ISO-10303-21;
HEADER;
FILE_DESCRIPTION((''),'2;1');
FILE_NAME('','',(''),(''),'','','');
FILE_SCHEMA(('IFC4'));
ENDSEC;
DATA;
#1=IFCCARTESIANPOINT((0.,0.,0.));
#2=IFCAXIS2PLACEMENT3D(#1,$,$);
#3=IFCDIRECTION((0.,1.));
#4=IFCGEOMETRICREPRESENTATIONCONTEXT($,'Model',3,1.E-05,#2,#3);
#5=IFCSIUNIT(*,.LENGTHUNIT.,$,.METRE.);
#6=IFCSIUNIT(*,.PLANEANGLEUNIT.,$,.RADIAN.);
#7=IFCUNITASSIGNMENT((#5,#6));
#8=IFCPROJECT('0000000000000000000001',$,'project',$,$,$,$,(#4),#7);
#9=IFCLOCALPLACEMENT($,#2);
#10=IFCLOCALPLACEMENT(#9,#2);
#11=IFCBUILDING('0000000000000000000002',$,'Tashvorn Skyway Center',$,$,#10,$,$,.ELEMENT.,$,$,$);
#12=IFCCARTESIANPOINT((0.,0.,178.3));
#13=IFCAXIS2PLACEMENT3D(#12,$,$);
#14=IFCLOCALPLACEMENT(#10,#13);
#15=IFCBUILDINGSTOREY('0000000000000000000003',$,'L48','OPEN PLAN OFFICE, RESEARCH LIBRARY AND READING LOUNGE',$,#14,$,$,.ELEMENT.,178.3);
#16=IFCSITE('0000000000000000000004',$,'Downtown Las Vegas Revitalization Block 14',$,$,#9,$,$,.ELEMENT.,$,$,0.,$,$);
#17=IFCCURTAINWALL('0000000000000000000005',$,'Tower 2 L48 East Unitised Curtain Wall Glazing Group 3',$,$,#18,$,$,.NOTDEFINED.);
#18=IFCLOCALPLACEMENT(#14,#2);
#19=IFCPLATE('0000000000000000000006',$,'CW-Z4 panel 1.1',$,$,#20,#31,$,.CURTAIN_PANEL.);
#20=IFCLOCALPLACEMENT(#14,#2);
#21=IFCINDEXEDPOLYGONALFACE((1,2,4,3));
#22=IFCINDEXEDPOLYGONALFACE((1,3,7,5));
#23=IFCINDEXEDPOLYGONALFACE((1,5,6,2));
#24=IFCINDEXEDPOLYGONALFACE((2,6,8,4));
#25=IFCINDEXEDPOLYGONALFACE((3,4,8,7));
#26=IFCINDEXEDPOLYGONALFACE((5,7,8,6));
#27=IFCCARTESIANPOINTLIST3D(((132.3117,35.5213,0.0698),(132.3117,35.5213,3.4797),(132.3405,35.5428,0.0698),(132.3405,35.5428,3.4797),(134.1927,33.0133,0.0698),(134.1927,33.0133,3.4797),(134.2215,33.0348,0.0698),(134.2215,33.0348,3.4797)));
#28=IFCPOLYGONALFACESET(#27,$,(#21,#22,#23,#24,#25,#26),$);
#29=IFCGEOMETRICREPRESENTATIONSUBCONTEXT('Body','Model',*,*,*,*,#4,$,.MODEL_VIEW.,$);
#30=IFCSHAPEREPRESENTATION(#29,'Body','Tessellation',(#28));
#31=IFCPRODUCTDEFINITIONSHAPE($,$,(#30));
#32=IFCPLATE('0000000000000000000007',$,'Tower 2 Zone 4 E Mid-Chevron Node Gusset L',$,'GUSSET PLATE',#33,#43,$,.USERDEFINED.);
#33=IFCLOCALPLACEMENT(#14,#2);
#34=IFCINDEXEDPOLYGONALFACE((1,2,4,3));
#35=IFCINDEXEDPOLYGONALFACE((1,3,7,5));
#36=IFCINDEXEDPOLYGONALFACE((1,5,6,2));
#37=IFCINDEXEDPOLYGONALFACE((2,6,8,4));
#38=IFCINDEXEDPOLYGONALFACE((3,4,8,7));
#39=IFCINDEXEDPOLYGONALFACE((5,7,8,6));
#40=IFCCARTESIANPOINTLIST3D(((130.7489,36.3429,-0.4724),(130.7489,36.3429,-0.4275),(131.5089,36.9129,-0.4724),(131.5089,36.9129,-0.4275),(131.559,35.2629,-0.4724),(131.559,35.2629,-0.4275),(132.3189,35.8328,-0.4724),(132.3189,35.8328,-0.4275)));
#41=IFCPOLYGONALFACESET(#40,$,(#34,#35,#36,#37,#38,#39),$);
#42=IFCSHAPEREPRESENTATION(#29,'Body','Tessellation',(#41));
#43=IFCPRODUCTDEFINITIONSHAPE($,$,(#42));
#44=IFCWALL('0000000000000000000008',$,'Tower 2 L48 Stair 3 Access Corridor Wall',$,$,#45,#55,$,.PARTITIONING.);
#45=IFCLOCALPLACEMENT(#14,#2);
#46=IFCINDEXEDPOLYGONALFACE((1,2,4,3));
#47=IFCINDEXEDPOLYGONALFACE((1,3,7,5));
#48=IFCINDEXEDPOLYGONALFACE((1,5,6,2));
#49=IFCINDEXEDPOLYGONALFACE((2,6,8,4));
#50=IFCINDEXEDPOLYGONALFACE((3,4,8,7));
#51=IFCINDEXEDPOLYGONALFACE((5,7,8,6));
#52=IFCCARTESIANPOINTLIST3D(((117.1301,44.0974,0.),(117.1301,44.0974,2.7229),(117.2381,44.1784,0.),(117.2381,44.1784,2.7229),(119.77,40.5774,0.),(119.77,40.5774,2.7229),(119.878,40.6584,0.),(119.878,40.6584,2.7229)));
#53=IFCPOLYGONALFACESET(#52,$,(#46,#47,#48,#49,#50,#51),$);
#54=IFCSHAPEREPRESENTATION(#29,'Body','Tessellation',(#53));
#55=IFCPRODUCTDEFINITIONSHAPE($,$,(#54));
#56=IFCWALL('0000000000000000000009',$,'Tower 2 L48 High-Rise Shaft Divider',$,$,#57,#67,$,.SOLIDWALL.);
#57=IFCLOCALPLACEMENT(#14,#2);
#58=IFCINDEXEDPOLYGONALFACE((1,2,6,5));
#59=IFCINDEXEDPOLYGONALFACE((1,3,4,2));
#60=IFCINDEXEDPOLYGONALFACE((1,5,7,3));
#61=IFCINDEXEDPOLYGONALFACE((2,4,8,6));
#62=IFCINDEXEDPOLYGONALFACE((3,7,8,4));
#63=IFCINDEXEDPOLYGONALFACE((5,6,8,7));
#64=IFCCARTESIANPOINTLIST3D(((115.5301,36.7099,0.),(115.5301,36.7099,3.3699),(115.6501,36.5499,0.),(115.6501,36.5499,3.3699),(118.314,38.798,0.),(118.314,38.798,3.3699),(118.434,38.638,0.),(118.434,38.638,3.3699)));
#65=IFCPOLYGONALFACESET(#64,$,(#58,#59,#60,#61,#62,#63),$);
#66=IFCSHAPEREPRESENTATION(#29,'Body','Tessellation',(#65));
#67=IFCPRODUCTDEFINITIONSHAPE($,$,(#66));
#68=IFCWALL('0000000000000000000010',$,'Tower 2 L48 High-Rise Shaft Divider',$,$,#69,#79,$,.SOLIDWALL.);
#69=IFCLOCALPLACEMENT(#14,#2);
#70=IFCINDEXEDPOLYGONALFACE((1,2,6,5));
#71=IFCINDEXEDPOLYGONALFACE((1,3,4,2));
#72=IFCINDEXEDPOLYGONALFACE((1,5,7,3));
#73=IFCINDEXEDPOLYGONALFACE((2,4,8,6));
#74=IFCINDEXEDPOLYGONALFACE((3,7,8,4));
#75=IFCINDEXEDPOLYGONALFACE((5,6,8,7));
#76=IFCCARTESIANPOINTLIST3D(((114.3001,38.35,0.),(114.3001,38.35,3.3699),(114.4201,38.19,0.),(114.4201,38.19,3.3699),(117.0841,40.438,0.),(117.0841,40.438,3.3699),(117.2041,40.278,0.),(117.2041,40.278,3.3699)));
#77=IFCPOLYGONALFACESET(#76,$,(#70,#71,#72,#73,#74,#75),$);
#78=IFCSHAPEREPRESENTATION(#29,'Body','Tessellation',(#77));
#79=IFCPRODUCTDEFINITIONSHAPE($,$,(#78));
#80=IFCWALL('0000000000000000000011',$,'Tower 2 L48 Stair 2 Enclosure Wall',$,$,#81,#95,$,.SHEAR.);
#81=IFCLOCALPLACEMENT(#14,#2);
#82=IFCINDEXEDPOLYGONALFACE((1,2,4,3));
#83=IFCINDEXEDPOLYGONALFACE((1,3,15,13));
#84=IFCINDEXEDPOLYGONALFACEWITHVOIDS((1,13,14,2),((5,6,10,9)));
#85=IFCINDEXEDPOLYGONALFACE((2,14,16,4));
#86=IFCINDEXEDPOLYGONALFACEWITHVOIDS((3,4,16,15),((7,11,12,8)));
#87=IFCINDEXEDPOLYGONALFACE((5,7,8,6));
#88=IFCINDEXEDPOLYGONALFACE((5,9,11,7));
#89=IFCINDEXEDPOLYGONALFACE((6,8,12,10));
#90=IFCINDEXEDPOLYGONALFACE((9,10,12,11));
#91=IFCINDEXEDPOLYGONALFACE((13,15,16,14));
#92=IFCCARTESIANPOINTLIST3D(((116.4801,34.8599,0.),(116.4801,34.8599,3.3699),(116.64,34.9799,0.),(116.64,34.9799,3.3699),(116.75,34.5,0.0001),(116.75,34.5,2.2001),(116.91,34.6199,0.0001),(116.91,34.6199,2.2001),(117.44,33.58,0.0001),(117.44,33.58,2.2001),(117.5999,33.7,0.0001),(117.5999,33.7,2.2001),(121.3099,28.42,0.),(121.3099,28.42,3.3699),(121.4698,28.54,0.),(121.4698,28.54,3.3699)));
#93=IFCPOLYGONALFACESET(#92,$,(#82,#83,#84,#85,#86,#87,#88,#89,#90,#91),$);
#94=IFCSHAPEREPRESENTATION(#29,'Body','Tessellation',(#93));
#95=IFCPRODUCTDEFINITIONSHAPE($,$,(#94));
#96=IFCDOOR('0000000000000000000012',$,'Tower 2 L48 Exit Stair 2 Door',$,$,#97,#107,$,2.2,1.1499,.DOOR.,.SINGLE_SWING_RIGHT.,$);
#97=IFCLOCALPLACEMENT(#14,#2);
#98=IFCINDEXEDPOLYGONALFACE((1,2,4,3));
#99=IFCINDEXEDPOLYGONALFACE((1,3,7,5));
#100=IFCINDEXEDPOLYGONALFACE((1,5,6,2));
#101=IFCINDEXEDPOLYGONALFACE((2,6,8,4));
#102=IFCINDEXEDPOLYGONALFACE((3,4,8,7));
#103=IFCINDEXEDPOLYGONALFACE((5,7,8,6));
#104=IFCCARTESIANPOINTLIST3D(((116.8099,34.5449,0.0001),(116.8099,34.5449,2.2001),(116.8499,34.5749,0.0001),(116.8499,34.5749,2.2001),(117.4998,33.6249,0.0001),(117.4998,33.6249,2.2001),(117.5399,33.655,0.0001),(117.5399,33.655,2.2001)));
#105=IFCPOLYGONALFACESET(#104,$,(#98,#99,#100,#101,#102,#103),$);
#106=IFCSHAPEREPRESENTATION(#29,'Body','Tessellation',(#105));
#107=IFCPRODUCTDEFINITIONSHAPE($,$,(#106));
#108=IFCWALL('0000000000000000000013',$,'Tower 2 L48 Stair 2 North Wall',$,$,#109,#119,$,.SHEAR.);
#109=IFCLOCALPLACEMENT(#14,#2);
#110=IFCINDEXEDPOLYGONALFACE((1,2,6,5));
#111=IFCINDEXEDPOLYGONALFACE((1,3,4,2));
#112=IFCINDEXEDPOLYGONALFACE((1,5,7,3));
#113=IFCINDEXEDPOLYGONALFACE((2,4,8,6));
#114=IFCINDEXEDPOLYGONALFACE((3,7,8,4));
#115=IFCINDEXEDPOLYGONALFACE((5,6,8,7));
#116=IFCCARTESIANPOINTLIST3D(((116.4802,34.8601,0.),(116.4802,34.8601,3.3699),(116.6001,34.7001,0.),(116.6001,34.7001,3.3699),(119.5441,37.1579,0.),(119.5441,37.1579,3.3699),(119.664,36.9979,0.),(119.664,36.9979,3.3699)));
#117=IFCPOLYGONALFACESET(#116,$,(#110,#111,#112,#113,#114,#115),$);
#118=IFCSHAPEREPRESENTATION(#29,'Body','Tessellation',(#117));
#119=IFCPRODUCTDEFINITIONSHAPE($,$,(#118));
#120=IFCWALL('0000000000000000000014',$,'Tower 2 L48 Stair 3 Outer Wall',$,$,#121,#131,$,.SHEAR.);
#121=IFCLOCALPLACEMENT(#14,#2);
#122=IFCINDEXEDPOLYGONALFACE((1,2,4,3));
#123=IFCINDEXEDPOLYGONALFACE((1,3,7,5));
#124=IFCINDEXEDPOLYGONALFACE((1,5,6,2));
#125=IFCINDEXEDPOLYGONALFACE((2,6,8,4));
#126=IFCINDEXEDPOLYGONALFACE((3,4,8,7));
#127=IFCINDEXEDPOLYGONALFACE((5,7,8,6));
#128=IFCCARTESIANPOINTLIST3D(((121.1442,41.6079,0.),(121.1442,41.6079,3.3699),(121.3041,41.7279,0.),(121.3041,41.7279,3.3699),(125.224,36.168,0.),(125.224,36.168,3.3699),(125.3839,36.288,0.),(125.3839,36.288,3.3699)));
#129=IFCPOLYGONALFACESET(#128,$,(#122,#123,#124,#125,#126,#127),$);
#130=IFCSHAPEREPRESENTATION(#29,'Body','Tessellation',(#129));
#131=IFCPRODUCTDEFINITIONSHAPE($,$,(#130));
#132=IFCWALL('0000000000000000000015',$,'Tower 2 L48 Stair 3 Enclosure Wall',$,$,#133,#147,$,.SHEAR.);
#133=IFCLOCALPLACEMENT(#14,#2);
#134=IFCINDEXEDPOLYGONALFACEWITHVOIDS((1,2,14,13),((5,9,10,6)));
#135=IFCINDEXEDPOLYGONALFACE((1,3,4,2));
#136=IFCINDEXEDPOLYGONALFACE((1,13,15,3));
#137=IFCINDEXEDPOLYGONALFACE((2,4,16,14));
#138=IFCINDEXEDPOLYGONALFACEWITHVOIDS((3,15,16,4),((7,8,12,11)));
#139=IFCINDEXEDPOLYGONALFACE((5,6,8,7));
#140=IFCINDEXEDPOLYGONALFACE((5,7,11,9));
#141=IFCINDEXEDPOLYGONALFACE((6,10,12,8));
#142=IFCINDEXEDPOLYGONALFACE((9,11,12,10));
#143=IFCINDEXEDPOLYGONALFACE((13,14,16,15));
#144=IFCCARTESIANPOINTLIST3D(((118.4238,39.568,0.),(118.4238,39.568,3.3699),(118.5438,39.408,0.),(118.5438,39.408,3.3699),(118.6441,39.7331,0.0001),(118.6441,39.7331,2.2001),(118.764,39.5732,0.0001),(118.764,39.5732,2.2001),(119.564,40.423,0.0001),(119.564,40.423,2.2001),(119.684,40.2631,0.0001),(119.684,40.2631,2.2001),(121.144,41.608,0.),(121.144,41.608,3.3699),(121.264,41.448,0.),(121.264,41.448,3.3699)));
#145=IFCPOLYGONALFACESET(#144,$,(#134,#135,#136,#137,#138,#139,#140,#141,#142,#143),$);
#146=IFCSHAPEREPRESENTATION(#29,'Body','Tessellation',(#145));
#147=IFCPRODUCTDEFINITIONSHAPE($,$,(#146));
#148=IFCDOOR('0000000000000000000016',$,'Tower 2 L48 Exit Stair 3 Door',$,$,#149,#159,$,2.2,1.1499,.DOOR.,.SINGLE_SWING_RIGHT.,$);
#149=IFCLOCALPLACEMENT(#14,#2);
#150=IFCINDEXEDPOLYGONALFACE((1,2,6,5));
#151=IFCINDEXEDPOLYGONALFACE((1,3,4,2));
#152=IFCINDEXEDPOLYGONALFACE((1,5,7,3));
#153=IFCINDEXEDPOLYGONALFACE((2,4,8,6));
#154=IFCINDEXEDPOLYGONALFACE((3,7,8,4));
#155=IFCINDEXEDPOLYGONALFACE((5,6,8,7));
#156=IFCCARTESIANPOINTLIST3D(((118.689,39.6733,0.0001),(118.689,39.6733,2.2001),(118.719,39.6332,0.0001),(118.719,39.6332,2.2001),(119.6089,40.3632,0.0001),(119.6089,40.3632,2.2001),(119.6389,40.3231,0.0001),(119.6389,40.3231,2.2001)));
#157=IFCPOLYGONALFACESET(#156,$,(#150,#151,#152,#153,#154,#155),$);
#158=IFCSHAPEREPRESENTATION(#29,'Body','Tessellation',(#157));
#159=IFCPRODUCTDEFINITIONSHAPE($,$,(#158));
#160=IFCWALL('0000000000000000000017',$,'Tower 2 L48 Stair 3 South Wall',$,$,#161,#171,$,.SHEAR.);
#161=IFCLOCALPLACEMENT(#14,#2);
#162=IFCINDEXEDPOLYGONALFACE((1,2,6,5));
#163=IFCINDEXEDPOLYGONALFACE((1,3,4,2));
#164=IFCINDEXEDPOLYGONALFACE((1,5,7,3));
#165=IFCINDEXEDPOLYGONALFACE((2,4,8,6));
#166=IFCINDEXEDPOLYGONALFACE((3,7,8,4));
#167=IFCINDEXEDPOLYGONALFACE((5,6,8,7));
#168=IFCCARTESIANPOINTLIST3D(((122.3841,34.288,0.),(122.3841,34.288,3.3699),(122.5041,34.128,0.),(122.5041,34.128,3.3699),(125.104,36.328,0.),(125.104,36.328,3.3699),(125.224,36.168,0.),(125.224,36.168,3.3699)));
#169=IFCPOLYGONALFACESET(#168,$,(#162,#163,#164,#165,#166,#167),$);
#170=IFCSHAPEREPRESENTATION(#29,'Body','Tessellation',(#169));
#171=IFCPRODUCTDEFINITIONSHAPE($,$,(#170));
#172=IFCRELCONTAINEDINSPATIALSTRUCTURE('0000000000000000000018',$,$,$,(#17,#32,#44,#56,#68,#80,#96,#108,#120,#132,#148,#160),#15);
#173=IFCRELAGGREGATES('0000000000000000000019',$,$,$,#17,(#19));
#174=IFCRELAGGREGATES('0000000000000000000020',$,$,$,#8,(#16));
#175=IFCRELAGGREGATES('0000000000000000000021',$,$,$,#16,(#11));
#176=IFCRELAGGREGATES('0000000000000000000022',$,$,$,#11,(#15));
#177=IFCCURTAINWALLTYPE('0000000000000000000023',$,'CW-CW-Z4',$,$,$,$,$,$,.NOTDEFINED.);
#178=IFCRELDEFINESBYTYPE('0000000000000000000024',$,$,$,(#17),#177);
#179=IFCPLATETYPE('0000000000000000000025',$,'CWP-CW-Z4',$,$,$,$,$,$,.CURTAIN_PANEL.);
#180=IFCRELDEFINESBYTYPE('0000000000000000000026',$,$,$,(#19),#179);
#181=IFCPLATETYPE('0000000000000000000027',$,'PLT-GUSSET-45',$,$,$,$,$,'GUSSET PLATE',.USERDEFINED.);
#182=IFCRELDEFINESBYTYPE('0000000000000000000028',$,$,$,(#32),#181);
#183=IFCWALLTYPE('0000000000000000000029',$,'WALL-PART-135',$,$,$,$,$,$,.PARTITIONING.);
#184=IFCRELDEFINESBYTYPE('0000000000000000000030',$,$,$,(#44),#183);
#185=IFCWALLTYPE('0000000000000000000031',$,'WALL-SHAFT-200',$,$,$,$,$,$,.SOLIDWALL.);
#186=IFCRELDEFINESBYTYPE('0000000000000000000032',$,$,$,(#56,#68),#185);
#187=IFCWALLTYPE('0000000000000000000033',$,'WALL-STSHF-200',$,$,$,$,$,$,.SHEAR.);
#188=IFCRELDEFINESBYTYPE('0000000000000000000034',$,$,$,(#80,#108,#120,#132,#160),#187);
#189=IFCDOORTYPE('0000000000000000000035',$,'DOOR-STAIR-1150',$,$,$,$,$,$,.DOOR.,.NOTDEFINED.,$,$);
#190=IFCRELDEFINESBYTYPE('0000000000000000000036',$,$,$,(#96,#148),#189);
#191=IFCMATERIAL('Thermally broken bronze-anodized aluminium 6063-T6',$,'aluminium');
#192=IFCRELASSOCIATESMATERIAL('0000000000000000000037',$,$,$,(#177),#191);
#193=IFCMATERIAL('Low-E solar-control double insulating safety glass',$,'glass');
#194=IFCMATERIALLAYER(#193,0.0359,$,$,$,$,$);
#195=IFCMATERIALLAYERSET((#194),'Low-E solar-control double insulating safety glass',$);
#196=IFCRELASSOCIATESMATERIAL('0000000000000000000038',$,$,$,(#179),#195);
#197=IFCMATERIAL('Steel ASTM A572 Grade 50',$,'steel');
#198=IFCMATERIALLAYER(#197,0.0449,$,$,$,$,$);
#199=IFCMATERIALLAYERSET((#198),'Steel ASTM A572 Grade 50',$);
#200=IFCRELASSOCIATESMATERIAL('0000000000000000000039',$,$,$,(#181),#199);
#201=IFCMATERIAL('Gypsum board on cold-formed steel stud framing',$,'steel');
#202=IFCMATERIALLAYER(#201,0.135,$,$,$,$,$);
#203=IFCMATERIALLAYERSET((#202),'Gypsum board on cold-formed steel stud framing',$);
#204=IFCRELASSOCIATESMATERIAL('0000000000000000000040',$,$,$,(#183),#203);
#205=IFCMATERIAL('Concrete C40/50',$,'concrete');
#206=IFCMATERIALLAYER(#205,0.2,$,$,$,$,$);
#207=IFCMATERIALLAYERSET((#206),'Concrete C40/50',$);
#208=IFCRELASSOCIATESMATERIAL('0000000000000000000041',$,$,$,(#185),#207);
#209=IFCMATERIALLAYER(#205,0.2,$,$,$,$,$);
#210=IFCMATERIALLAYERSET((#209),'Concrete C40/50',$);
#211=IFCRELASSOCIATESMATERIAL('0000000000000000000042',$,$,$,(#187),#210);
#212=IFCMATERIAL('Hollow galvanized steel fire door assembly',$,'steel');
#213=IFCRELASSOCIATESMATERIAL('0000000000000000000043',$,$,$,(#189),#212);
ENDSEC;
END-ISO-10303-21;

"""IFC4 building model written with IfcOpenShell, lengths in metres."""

from ifc_helpers import new_model, si_unit, direction, frame, frame_2d, origin, origin_2d, place, context, subcontext, project, spatial, rectangle, extrude, material, layer, layer_set, type_object, element, fill, aggregate, save


model = new_model("IFC4")

# Units and contexts
model_context = context("Model", 3, precision=1e-05, world=origin(), true_north=direction((0.0, 1.0)))
body_context = subcontext(model_context, "Body", "Model", "MODEL_VIEW")
ifc_project = project(units=[si_unit("LENGTHUNIT", "METRE"), si_unit("PLANEANGLEUNIT", "RADIAN")], contexts=[model_context])

# Site, building, storey
site_placement = place(None, origin())
site = spatial("IfcSite", under=ifc_project, at=site_placement, Name="Downtown Las Vegas Revitalization Block 14", CompositionType="ELEMENT", RefElevation=0.0)
building_placement = place(site_placement, origin())
building = spatial("IfcBuilding", under=site, at=building_placement, Name="Tashvorn Skyway Center", CompositionType="ELEMENT")
storey_placement = place(building_placement, frame((0.0, 0.0, 178.3)))
storey = spatial("IfcBuildingStorey", under=building, at=storey_placement, Name="L48", Description="OPEN PLAN OFFICE, RESEARCH LIBRARY AND READING LOUNGE", CompositionType="ELEMENT", Elevation=178.3)

# Shared definitions
ifc_material_1 = material(Name="Steel ASTM A572 Grade 50", Category="steel")

# Shared definitions
ifc_material_2 = material(Name="Thermally broken bronze-anodized aluminium 6063-T6", Category="aluminium")
curtain_wall_type = type_object("IfcCurtainWallType", Name="CW-CW-Z4", PredefinedType="NOTDEFINED", material=ifc_material_2)

# Curtain wall
curtain_wall_1_placement = place(storey_placement, origin())
curtain_wall_1 = element("IfcCurtainWall", 1, at=curtain_wall_1_placement, inside=storey, type_object=curtain_wall_type, Name="Tower 2 L48 East Unitised Curtain Wall Glazing Group 3", PredefinedType="NOTDEFINED")

# Plates
ifc_material_3 = material(Name="Low-E solar-control double insulating safety glass", Category="glass")
ifc_layer_1 = layer(ifc_material_3, 0.0359)
ifc_layer_set_1 = layer_set([ifc_layer_1], Name="Low-E solar-control double insulating safety glass")
plate_type_1 = type_object("IfcPlateType", Name="CWP-CW-Z4", PredefinedType="CURTAIN_PANEL", material=ifc_layer_set_1)
plate_1_placement = place(storey_placement, frame((133.2666, 34.2781, 0.0698), z_axis=(0.0, 0.0, 1.0), x_axis=(0.6, -0.8, 0.0)))
plate_1 = element("IfcPlate", 2, at=plate_1_placement, type_object=plate_type_1, Name="CW-Z4 panel 1.1", PredefinedType="CURTAIN_PANEL", context=body_context, shape_type="SweptSolid", body=[
    extrude(rectangle(XDim=3.135, YDim=0.0359, at=origin_2d()), origin(), (0.0, 0.0, 1.0), 3.4099),
])
aggregate(curtain_wall_1, [plate_1])
ifc_layer_2 = layer(ifc_material_1, 0.0449)
ifc_layer_set_2 = layer_set([ifc_layer_2], Name="Steel ASTM A572 Grade 50")
plate_type_2 = type_object("IfcPlateType", Name="PLT-GUSSET-45", ElementType="GUSSET PLATE", PredefinedType="USERDEFINED", material=ifc_layer_set_2)
plate_2_placement = place(storey_placement, frame((131.5339, 36.0879, -0.4724), z_axis=(0.0, 0.0, 1.0), x_axis=(-0.6, 0.8, 0.0)))
element("IfcPlate", 3, at=plate_2_placement, inside=storey, type_object=plate_type_2, Name="Tower 2 Zone 4 E Mid-Chevron Node Gusset L", ObjectType="GUSSET PLATE", PredefinedType="USERDEFINED", context=body_context, shape_type="SweptSolid", body=[
    extrude(rectangle(XDim=1.3501, YDim=0.95, at=origin_2d()), origin(), (0.0, 0.0, 1.0), 0.0449),
])

# Walls
ifc_material_4 = material(Name="Gypsum board on cold-formed steel stud framing", Category="steel")
ifc_layer_3 = layer(ifc_material_4, 0.135)
ifc_layer_set_3 = layer_set([ifc_layer_3], Name="Gypsum board on cold-formed steel stud framing")
wall_type_1 = type_object("IfcWallType", Name="WALL-PART-135", PredefinedType="PARTITIONING", material=ifc_layer_set_3)
wall_1_placement = place(storey_placement, frame((119.824, 40.6179, 0.0), z_axis=(0.0, 0.0, 1.0), x_axis=(-0.599982, 0.800013, 0.0)))
element("IfcWall", 4, at=wall_1_placement, inside=storey, type_object=wall_type_1, Name="Tower 2 L48 Stair 3 Access Corridor Wall", PredefinedType="PARTITIONING", context=body_context, shape_type="SweptSolid", body=[
    extrude(rectangle(XDim=4.3999, YDim=0.135, at=frame_2d((2.2, 0.0))), origin(), (0.0, 0.0, 1.0), 2.7229),
])
ifc_material_5 = material(Name="Concrete C40/50", Category="concrete")
ifc_layer_4 = layer(ifc_material_5, 0.2)
ifc_layer_set_4 = layer_set([ifc_layer_4], Name="Concrete C40/50")
wall_type_2 = type_object("IfcWallType", Name="WALL-SHAFT-200", PredefinedType="SOLIDWALL", material=ifc_layer_set_4)
for number, where, z_axis, x_axis, name in (
    (5, (115.5901, 36.6299, 0.0), (0.0, 0.0, 1.0), (0.799975, 0.600034, 0.0), "Tower 2 L48 High-Rise Shaft Divider"),
    (6, (114.3601, 38.27, 0.0), (0.0, 0.0, 1.0), (0.800008, 0.599989, 0.0), "Tower 2 L48 High-Rise Shaft Divider"),
):
    element("IfcWall", number, at=place(storey_placement, frame(where, z_axis=z_axis, x_axis=x_axis)), inside=storey, type_object=wall_type_2, Name=name, PredefinedType="SOLIDWALL", context=body_context, shape_type="SweptSolid", body=[
        extrude(rectangle(XDim=3.48, YDim=0.2, at=frame_2d((1.74, 0.0))), origin(), (0.0, 0.0, 1.0), 3.3699),
    ])

# Wall, opening, door
ifc_layer_5 = layer(ifc_material_5, 0.2)
ifc_layer_set_5 = layer_set([ifc_layer_5], Name="Concrete C40/50")
wall_type_3 = type_object("IfcWallType", Name="WALL-STSHF-200", PredefinedType="SHEAR", material=ifc_layer_set_5)
wall_2_placement = place(storey_placement, frame((116.5601, 34.9199, 0.0), z_axis=(0.0, 0.0, 1.0), x_axis=(0.59999, -0.800007, 0.0)))
wall_2 = element("IfcWall", 7, at=wall_2_placement, inside=storey, type_object=wall_type_3, Name="Tower 2 L48 Stair 2 Enclosure Wall", PredefinedType="SHEAR", context=body_context, shape_type="SweptSolid", body=[
    extrude(rectangle(XDim=8.0498, YDim=0.2, at=frame_2d((4.0249, 0.0))), origin(), (0.0, 0.0, 1.0), 3.3699),
])
opening_1_placement = place(wall_2_placement, frame((0.45, 0.0, 0.0)))
opening_1 = element("IfcOpeningElement", 8, at=opening_1_placement, cuts=wall_2, PredefinedType="OPENING", context=body_context, shape_type="SweptSolid", body=[
    extrude(rectangle(XDim=1.1499, YDim=2.2, at=frame_2d((0.575, 1.1001))), frame((0.0, 0.1099, 0.0), z_axis=(0.0, -1.0, 0.0), x_axis=(1.0, 0.0, 0.0)), (0.0, 0.0, 1.0), 0.22),
])
ifc_material_6 = material(Name="Hollow galvanized steel fire door assembly", Category="steel")
door_type = type_object("IfcDoorType", Name="DOOR-STAIR-1150", OperationType="NOTDEFINED", PredefinedType="DOOR", material=ifc_material_6)
door_1_placement = place(opening_1_placement, origin())
door_1 = element("IfcDoor", 9, at=door_1_placement, inside=storey, type_object=door_type, Name="Tower 2 L48 Exit Stair 2 Door", OperationType="SINGLE_SWING_RIGHT", OverallHeight=2.2, OverallWidth=1.1499, PredefinedType="DOOR", context=body_context, shape_type="SweptSolid", body=[
    extrude(rectangle(XDim=1.1499, YDim=2.2, at=frame_2d((0.575, 1.1001))), frame((0.0, 0.0249, 0.0), z_axis=(0.0, -1.0, 0.0), x_axis=(1.0, 0.0, 0.0)), (0.0, 0.0, 1.0), 0.05),
])
fill(opening_1, door_1)

# Walls
wall_3_placement = place(storey_placement, frame((116.54, 34.78, 0.0), z_axis=(0.0, 0.0, 1.0), x_axis=(0.800015, 0.59998, 0.0)))
element("IfcWall", 10, at=wall_3_placement, inside=storey, type_object=wall_type_3, Name="Tower 2 L48 Stair 2 North Wall", PredefinedType="SHEAR", context=body_context, shape_type="SweptSolid", body=[
    extrude(rectangle(XDim=3.8298, YDim=0.2, at=frame_2d((1.915, 0.0))), origin(), (0.0, 0.0, 1.0), 3.3699),
])
wall_4_placement = place(storey_placement, frame((125.304, 36.228, 0.0), z_axis=(0.0, 0.0, 1.0), x_axis=(-0.599989, 0.800009, 0.0)))
element("IfcWall", 11, at=wall_4_placement, inside=storey, type_object=wall_type_3, Name="Tower 2 L48 Stair 3 Outer Wall", PredefinedType="SHEAR", context=body_context, shape_type="SweptSolid", body=[
    extrude(rectangle(XDim=6.7998, YDim=0.2, at=frame_2d((3.3999, 0.0))), origin(), (0.0, 0.0, 1.0), 3.3699),
])

# Wall, opening, door
wall_5_placement = place(storey_placement, frame((121.2041, 41.5281, 0.0), z_axis=(0.0, 0.0, 1.0), x_axis=(-0.800017, -0.599977, 0.0)))
wall_5 = element("IfcWall", 12, at=wall_5_placement, inside=storey, type_object=wall_type_3, Name="Tower 2 L48 Stair 3 Enclosure Wall", PredefinedType="SHEAR", context=body_context, shape_type="SweptSolid", body=[
    extrude(rectangle(XDim=3.4001, YDim=0.2, at=frame_2d((1.7002, 0.0))), origin(), (0.0, 0.0, 1.0), 3.3699),
])
opening_2_placement = place(wall_5_placement, frame((1.9751, 0.0, 0.0)))
opening_2 = element("IfcOpeningElement", 13, at=opening_2_placement, cuts=wall_5, PredefinedType="OPENING", context=body_context, shape_type="SweptSolid", body=[
    extrude(rectangle(XDim=1.1499, YDim=2.2, at=frame_2d((0.575, 1.1001))), frame((0.0, 0.1099, 0.0), z_axis=(0.0, -1.0, 0.0), x_axis=(1.0, 0.0, 0.0)), (0.0, 0.0, 1.0), 0.22),
])
door_2_placement = place(opening_2_placement, origin())
door_2 = element("IfcDoor", 14, at=door_2_placement, inside=storey, type_object=door_type, Name="Tower 2 L48 Exit Stair 3 Door", OperationType="SINGLE_SWING_RIGHT", OverallHeight=2.2, OverallWidth=1.1499, PredefinedType="DOOR", context=body_context, shape_type="SweptSolid", body=[
    extrude(rectangle(XDim=1.1499, YDim=2.2, at=frame_2d((0.575, 1.1001))), frame((0.0, 0.0249, 0.0), z_axis=(0.0, -1.0, 0.0), x_axis=(1.0, 0.0, 0.0)), (0.0, 0.0, 1.0), 0.05),
])
fill(opening_2, door_2)

# Wall
wall_6_placement = place(storey_placement, frame((122.4441, 34.208, 0.0), z_axis=(0.0, 0.0, 1.0), x_axis=(0.799991, 0.600011, 0.0)))
element("IfcWall", 15, at=wall_6_placement, inside=storey, type_object=wall_type_3, Name="Tower 2 L48 Stair 3 South Wall", PredefinedType="SHEAR", context=body_context, shape_type="SweptSolid", body=[
    extrude(rectangle(XDim=3.3999, YDim=0.2, at=frame_2d((1.7, 0.0))), origin(), (0.0, 0.0, 1.0), 3.3699),
])

save(model, "model.ifc")
